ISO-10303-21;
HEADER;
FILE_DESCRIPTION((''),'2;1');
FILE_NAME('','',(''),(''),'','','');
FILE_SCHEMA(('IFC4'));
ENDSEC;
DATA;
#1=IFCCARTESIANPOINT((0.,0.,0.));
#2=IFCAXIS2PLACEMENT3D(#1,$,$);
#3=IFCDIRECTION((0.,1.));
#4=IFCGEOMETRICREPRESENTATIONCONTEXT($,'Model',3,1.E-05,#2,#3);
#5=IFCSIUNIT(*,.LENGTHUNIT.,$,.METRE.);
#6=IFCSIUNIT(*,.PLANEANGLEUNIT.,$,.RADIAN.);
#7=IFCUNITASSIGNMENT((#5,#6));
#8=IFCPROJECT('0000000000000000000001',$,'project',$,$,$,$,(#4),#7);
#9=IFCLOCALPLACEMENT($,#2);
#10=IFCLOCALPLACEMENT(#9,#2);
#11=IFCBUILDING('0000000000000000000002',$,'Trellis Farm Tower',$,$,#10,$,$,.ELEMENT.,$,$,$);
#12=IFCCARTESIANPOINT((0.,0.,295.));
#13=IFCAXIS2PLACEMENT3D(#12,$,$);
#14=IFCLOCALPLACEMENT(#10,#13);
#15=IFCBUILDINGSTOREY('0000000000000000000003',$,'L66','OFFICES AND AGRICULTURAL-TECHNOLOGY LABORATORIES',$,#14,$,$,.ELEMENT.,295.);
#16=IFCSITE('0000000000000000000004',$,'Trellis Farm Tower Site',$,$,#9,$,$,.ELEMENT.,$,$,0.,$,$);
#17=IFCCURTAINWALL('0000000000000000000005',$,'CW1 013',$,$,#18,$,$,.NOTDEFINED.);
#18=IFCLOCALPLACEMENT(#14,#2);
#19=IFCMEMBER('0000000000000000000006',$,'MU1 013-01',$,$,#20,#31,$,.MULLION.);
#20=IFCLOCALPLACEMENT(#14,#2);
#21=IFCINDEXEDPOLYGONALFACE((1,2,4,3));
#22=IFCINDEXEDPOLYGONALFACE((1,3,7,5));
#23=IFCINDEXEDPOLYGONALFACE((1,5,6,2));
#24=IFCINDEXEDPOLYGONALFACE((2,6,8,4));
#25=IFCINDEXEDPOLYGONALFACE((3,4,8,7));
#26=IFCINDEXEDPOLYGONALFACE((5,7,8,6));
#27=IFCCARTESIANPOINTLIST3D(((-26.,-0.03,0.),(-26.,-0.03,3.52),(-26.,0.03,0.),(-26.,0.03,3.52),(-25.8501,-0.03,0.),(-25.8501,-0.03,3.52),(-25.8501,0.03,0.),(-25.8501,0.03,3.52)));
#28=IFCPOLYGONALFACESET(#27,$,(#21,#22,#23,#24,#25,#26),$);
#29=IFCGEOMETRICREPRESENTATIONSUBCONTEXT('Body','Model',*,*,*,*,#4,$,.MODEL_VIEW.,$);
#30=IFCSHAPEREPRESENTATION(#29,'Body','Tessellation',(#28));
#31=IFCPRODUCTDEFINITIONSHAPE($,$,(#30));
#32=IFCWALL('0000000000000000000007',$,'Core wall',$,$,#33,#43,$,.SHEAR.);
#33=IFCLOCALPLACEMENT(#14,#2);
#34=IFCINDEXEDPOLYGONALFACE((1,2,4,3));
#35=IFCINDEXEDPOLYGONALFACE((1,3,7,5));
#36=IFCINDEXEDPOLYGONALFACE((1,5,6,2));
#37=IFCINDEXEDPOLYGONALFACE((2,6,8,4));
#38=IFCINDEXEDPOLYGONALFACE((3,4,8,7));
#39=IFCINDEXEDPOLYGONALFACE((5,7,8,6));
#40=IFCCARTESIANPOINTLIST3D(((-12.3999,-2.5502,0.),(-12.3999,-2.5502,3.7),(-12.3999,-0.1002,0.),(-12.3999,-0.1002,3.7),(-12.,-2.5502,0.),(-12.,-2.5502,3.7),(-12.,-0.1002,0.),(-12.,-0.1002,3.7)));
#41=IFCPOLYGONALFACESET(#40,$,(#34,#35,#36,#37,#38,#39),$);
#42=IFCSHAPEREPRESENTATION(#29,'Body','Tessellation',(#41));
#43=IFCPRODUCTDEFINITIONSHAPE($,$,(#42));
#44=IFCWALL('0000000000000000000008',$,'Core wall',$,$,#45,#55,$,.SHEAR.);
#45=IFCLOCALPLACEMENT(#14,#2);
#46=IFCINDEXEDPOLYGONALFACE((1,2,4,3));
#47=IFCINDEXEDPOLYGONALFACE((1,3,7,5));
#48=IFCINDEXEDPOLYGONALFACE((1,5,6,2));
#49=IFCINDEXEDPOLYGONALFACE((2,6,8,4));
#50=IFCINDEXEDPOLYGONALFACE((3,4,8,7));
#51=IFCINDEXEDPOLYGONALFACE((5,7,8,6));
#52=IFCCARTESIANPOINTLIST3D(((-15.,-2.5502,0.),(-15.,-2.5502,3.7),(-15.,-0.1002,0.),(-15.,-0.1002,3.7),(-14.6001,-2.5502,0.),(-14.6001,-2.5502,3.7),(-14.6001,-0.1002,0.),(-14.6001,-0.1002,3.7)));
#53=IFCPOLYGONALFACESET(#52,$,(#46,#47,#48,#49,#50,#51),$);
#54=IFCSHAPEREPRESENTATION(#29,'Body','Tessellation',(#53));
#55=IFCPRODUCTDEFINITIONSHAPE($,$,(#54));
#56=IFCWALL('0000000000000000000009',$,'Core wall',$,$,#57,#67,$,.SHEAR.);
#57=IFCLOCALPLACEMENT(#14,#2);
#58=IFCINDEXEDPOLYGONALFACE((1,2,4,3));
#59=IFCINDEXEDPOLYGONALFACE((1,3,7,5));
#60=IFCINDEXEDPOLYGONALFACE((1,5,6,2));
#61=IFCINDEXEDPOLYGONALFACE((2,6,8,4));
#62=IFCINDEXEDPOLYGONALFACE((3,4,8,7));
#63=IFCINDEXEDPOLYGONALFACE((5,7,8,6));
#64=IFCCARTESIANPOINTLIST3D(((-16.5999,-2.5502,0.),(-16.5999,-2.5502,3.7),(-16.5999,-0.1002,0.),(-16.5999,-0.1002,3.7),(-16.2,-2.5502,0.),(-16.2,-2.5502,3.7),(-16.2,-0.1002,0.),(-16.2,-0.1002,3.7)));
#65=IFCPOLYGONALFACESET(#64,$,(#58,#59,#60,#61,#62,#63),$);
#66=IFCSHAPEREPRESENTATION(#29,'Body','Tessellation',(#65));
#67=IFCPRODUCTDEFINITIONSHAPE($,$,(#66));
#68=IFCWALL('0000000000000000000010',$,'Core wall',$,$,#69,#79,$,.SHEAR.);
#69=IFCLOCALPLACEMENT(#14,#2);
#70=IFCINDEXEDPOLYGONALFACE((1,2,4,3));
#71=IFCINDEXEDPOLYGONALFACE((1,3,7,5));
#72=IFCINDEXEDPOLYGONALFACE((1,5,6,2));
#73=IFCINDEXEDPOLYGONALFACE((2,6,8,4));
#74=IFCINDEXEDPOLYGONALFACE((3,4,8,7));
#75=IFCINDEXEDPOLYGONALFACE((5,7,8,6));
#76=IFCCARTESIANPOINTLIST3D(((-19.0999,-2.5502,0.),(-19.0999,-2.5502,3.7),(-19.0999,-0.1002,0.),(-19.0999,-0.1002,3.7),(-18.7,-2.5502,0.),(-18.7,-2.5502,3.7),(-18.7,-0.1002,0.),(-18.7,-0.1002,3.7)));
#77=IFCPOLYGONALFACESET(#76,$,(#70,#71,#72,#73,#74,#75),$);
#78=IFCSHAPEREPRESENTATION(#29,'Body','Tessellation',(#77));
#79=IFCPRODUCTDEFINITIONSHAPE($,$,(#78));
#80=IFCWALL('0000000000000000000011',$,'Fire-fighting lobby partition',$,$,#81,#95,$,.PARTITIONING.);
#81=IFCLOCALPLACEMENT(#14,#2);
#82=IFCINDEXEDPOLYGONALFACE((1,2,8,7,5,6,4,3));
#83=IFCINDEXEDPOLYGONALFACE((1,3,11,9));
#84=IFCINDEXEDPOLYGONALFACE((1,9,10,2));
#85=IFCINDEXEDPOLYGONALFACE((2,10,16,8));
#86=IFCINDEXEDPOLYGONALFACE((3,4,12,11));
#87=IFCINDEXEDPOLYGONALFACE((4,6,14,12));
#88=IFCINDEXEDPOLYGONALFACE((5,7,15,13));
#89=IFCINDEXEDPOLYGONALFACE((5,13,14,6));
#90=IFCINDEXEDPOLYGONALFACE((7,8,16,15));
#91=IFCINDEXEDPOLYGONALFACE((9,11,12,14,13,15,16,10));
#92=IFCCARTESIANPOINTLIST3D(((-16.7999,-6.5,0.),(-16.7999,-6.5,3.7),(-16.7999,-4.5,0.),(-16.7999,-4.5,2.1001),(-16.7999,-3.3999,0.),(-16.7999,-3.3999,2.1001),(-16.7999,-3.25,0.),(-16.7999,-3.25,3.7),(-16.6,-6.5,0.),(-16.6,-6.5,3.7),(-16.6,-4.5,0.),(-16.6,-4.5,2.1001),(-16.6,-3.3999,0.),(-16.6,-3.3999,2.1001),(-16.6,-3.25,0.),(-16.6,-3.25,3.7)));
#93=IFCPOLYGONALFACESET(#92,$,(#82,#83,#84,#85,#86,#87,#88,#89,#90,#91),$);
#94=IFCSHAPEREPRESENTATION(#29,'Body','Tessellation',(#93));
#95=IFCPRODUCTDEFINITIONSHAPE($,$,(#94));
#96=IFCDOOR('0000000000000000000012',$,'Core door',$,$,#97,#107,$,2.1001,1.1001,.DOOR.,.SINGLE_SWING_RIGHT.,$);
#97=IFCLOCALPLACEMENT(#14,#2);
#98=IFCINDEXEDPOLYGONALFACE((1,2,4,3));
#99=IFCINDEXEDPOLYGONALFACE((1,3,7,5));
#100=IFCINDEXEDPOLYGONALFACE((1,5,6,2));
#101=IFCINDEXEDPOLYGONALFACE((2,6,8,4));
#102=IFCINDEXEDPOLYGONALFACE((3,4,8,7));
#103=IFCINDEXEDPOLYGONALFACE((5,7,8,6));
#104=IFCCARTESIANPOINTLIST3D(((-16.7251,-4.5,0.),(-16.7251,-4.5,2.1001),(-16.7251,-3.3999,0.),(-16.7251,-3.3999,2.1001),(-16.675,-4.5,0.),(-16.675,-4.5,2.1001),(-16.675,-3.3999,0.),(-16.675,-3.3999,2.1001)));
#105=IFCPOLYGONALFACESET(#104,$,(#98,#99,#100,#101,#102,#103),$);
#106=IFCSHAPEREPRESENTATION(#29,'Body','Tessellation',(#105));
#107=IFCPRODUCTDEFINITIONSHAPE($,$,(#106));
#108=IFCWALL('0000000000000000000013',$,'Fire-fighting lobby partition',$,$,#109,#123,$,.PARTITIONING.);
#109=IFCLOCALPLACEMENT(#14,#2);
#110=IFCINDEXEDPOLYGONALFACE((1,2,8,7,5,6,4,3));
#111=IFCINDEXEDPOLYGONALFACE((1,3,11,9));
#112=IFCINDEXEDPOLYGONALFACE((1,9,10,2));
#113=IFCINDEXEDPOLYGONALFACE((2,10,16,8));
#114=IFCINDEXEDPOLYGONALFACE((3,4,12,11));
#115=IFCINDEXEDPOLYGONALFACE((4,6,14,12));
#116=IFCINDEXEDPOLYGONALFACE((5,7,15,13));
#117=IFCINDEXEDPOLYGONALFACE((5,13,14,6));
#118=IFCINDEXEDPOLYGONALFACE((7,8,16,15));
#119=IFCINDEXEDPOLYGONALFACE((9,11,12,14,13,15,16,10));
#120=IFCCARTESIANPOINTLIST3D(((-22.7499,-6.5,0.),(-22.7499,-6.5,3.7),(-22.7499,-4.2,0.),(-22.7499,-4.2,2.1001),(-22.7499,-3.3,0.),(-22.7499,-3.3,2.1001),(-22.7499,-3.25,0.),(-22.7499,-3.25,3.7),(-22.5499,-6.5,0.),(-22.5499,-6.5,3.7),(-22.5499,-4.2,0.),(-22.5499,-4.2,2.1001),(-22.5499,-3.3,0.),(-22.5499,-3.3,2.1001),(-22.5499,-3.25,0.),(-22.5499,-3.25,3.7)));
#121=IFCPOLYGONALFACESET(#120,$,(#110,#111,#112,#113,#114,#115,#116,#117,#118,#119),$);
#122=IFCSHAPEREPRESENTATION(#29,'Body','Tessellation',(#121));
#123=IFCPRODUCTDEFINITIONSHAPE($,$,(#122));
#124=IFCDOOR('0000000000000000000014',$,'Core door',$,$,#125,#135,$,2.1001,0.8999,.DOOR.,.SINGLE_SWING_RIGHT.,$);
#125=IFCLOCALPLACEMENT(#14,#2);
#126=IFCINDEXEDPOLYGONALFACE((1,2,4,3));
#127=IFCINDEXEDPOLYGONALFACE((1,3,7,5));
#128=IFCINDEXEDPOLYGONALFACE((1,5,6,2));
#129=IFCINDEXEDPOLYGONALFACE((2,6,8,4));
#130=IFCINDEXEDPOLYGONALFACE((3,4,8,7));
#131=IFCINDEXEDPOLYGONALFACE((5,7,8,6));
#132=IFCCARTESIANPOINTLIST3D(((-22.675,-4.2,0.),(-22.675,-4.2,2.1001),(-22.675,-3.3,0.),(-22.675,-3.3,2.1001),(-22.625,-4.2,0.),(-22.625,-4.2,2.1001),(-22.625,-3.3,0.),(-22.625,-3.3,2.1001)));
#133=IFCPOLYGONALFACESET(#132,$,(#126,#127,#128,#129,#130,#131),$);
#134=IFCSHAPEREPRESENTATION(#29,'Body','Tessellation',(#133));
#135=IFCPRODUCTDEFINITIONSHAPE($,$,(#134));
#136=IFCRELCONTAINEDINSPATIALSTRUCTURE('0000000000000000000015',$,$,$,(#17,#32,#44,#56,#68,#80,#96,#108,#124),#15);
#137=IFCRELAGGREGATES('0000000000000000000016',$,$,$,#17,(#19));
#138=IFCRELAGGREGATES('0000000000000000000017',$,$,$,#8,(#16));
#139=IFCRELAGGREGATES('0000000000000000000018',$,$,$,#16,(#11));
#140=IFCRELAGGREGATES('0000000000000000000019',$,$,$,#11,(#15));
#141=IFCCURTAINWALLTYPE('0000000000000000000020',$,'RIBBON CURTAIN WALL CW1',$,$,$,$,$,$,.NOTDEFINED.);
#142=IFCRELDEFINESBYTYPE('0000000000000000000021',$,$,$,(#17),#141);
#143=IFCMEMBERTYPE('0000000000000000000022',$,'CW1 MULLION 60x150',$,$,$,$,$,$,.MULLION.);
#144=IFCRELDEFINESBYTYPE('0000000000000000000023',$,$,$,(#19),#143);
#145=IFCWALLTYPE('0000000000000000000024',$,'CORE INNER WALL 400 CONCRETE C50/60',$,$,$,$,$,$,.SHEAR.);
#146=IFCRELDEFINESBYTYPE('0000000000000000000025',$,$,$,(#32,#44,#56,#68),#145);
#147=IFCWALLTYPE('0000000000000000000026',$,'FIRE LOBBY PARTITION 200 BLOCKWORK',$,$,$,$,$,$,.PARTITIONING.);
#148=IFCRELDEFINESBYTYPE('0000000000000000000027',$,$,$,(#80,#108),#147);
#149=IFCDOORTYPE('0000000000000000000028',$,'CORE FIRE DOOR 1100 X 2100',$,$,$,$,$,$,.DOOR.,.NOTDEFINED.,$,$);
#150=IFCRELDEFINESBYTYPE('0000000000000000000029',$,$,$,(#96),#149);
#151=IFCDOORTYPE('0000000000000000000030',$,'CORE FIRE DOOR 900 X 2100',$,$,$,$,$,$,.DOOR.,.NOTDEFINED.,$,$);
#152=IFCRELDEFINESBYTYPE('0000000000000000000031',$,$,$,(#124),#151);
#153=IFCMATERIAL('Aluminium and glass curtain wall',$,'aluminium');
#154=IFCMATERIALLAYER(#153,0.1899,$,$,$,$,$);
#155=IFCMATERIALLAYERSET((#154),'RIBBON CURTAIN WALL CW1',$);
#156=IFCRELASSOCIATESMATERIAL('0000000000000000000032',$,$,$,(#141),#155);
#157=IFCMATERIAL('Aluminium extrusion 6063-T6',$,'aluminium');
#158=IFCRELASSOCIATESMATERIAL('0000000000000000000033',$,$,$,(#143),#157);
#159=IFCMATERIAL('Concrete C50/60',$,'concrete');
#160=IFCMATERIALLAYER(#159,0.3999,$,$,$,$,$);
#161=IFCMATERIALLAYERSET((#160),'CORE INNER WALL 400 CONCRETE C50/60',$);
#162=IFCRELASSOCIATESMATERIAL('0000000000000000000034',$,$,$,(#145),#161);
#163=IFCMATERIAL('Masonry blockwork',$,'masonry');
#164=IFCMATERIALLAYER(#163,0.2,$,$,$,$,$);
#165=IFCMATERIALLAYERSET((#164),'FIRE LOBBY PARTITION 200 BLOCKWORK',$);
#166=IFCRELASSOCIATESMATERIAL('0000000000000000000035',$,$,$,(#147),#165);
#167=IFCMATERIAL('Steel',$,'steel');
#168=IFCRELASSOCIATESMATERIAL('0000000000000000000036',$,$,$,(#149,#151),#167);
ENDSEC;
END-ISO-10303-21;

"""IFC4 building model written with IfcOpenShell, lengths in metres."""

from ifc_helpers import new_model, si_unit, direction, frame, frame_2d, origin, origin_2d, place, context, subcontext, project, spatial, rectangle, extrude, source, transform, mapped, material, layer, layer_set, material_profile, profile_set, type_object, element, fill, aggregate, save


model = new_model("IFC4")

# Units and contexts
model_context = context("Model", 3, precision=1e-05, world=origin(), true_north=direction((0.0, 1.0)))
body_context = subcontext(model_context, "Body", "Model", "MODEL_VIEW")
ifc_project = project(units=[si_unit("LENGTHUNIT", "METRE"), si_unit("PLANEANGLEUNIT", "RADIAN")], contexts=[model_context])

# Site, building, storey
site_placement = place(None, origin())
site = spatial("IfcSite", under=ifc_project, at=site_placement, Name="Trellis Farm Tower Site", CompositionType="ELEMENT", RefElevation=0.0)
building_placement = place(site_placement, origin())
building = spatial("IfcBuilding", under=site, at=building_placement, Name="Trellis Farm Tower", CompositionType="ELEMENT")
storey_placement = place(building_placement, frame((0.0, 0.0, 295.0)))
storey = spatial("IfcBuildingStorey", under=building, at=storey_placement, Name="L66", Description="OFFICES AND AGRICULTURAL-TECHNOLOGY LABORATORIES", CompositionType="ELEMENT", Elevation=295.0)

# Curtain wall, member
ifc_material_1 = material(Name="Aluminium and glass curtain wall", Category="aluminium")
ifc_layer_1 = layer(ifc_material_1, 0.1899)
ifc_layer_set_1 = layer_set([ifc_layer_1], Name="RIBBON CURTAIN WALL CW1")
curtain_wall_type = type_object("IfcCurtainWallType", Name="RIBBON CURTAIN WALL CW1", PredefinedType="NOTDEFINED", material=ifc_layer_set_1)
curtain_wall_placement = place(storey_placement, origin())
curtain_wall = element("IfcCurtainWall", 1, at=curtain_wall_placement, inside=storey, type_object=curtain_wall_type, Name="CW1 013", PredefinedType="NOTDEFINED")
ifc_material_2 = material(Name="Aluminium extrusion 6063-T6", Category="aluminium")
ifc_material_profile_1 = material_profile(ifc_material_2, rectangle(XDim=0.0601, YDim=0.1499, at=origin_2d()), Name="MULLION 60x150")
ifc_profile_set_1 = profile_set([ifc_material_profile_1], Name="Aluminium extrusion 6063-T6")
member_type = type_object("IfcMemberType", Name="CW1 MULLION 60x150", PredefinedType="MULLION", material=ifc_profile_set_1)
shared_shape_1 = source(origin(), body_context, "Body", "SweptSolid", [
    extrude(rectangle(XDim=0.0601, YDim=0.1499, at=origin_2d()), origin(), (0.0, 0.0, 1.0), 3.52),
])
member_placement = place(storey_placement, frame((-25.925, 0.0, 0.0), z_axis=(0.0, 0.0, 1.0), x_axis=(0.0, -1.0, 0.0)))
member = element("IfcMember", 2, at=member_placement, type_object=member_type, Name="MU1 013-01", PredefinedType="MULLION", context=body_context, shape_type="MappedRepresentation", body=[
    mapped(shared_shape_1, transform((0.0, 0.0, 0.0))),
])
aggregate(curtain_wall, [member])

# Walls
ifc_material_3 = material(Name="Concrete C50/60", Category="concrete")
ifc_layer_2 = layer(ifc_material_3, 0.3999)
ifc_layer_set_2 = layer_set([ifc_layer_2], Name="CORE INNER WALL 400 CONCRETE C50/60")
wall_type_1 = type_object("IfcWallType", Name="CORE INNER WALL 400 CONCRETE C50/60", PredefinedType="SHEAR", material=ifc_layer_set_2)
shared_shape_2 = source(origin(), body_context, "Body", "SweptSolid", [
    extrude(rectangle(XDim=2.45, YDim=0.3999, at=frame_2d((1.2251, 0.0))), origin(), (0.0, 0.0, 1.0), 3.7),
])
for number, where, z_axis, x_axis, name in (
    (3, (-12.2, -0.1001, 0.0), (0.0, 0.0, 1.0), (0.0, -1.0, 0.0), "Core wall"),
    (4, (-14.8, -0.1001, 0.0), (0.0, 0.0, 1.0), (0.0, -1.0, 0.0), "Core wall"),
    (5, (-16.3999, -0.1001, 0.0), (0.0, 0.0, 1.0), (0.0, -1.0, 0.0), "Core wall"),
    (6, (-18.8999, -0.1001, 0.0), (0.0, 0.0, 1.0), (0.0, -1.0, 0.0), "Core wall"),
):
    element("IfcWall", number, at=place(storey_placement, frame(where, z_axis=z_axis, x_axis=x_axis)), inside=storey, type_object=wall_type_1, Name=name, PredefinedType="SHEAR", context=body_context, shape_type="MappedRepresentation", body=[
        mapped(shared_shape_2, transform((0.0, 0.0, 0.0))),
    ])

# Walls, openings, doors
ifc_material_4 = material(Name="Masonry blockwork", Category="masonry")
ifc_layer_3 = layer(ifc_material_4, 0.2)
ifc_layer_set_3 = layer_set([ifc_layer_3], Name="FIRE LOBBY PARTITION 200 BLOCKWORK")
wall_type_2 = type_object("IfcWallType", Name="FIRE LOBBY PARTITION 200 BLOCKWORK", PredefinedType="PARTITIONING", material=ifc_layer_set_3)
shared_shape_3 = source(origin(), body_context, "Body", "SweptSolid", [
    extrude(rectangle(XDim=3.25, YDim=0.2, at=frame_2d((1.625, 0.0))), origin(), (0.0, 0.0, 1.0), 3.7),
])
wall_1_placement = place(storey_placement, frame((-16.7, -3.25, 0.0), z_axis=(0.0, 0.0, 1.0), x_axis=(0.0, -1.0, 0.0)))
wall_1 = element("IfcWall", 7, at=wall_1_placement, inside=storey, type_object=wall_type_2, Name="Fire-fighting lobby partition", PredefinedType="PARTITIONING", context=body_context, shape_type="MappedRepresentation", body=[
    mapped(shared_shape_3, transform((0.0, 0.0, 0.0))),
])
shared_shape_4 = source(origin(), body_context, "Body", "SweptSolid", [
    extrude(rectangle(XDim=1.1001, YDim=2.1001, at=frame_2d((0.55, 1.05))), frame((0.0, 0.1101, 0.0), z_axis=(0.0, -1.0, 0.0), x_axis=(1.0, 0.0, 0.0)), (0.0, 0.0, 1.0), 0.2202),
])
opening_1_placement = place(wall_1_placement, frame((0.1499, 0.0, 0.0)))
opening_1 = element("IfcOpeningElement", 8, at=opening_1_placement, cuts=wall_1, PredefinedType="OPENING", context=body_context, shape_type="MappedRepresentation", body=[
    mapped(shared_shape_4, transform((0.0, 0.0, 0.0))),
])
ifc_material_5 = material(Name="Steel", Category="steel")
door_type_1 = type_object("IfcDoorType", Name="CORE FIRE DOOR 1100 X 2100", OperationType="NOTDEFINED", PredefinedType="DOOR", material=ifc_material_5)
shared_shape_5 = source(origin(), body_context, "Body", "SweptSolid", [
    extrude(rectangle(XDim=1.1001, YDim=2.1001, at=frame_2d((0.55, 1.05))), frame((0.0, 0.0249, 0.0), z_axis=(0.0, -1.0, 0.0), x_axis=(1.0, 0.0, 0.0)), (0.0, 0.0, 1.0), 0.05),
])
door_1_placement = place(opening_1_placement, origin())
door_1 = element("IfcDoor", 9, at=door_1_placement, inside=storey, type_object=door_type_1, Name="Core door", OperationType="SINGLE_SWING_RIGHT", OverallHeight=2.1001, OverallWidth=1.1001, PredefinedType="DOOR", context=body_context, shape_type="MappedRepresentation", body=[
    mapped(shared_shape_5, transform((0.0, 0.0, 0.0))),
])
fill(opening_1, door_1)
wall_2_placement = place(storey_placement, frame((-22.6499, -3.25, 0.0), z_axis=(0.0, 0.0, 1.0), x_axis=(0.0, -1.0, 0.0)))
wall_2 = element("IfcWall", 10, at=wall_2_placement, inside=storey, type_object=wall_type_2, Name="Fire-fighting lobby partition", PredefinedType="PARTITIONING", context=body_context, shape_type="MappedRepresentation", body=[
    mapped(shared_shape_3, transform((0.0, 0.0, 0.0))),
])
shared_shape_6 = source(origin(), body_context, "Body", "SweptSolid", [
    extrude(rectangle(XDim=0.8999, YDim=2.1001, at=frame_2d((0.45, 1.05))), frame((0.0, 0.1101, 0.0), z_axis=(0.0, -1.0, 0.0), x_axis=(1.0, 0.0, 0.0)), (0.0, 0.0, 1.0), 0.2202),
])
opening_2_placement = place(wall_2_placement, frame((0.05, 0.0, 0.0)))
opening_2 = element("IfcOpeningElement", 11, at=opening_2_placement, cuts=wall_2, PredefinedType="OPENING", context=body_context, shape_type="MappedRepresentation", body=[
    mapped(shared_shape_6, transform((0.0, 0.0, 0.0))),
])
door_type_2 = type_object("IfcDoorType", Name="CORE FIRE DOOR 900 X 2100", OperationType="NOTDEFINED", PredefinedType="DOOR", material=ifc_material_5)
shared_shape_7 = source(origin(), body_context, "Body", "SweptSolid", [
    extrude(rectangle(XDim=0.8999, YDim=2.1001, at=frame_2d((0.45, 1.05))), frame((0.0, 0.0249, 0.0), z_axis=(0.0, -1.0, 0.0), x_axis=(1.0, 0.0, 0.0)), (0.0, 0.0, 1.0), 0.05),
])
door_2_placement = place(opening_2_placement, origin())
door_2 = element("IfcDoor", 12, at=door_2_placement, inside=storey, type_object=door_type_2, Name="Core door", OperationType="SINGLE_SWING_RIGHT", OverallHeight=2.1001, OverallWidth=0.8999, PredefinedType="DOOR", context=body_context, shape_type="MappedRepresentation", body=[
    mapped(shared_shape_7, transform((0.0, 0.0, 0.0))),
])
fill(opening_2, door_2)

save(model, "model.ifc")
